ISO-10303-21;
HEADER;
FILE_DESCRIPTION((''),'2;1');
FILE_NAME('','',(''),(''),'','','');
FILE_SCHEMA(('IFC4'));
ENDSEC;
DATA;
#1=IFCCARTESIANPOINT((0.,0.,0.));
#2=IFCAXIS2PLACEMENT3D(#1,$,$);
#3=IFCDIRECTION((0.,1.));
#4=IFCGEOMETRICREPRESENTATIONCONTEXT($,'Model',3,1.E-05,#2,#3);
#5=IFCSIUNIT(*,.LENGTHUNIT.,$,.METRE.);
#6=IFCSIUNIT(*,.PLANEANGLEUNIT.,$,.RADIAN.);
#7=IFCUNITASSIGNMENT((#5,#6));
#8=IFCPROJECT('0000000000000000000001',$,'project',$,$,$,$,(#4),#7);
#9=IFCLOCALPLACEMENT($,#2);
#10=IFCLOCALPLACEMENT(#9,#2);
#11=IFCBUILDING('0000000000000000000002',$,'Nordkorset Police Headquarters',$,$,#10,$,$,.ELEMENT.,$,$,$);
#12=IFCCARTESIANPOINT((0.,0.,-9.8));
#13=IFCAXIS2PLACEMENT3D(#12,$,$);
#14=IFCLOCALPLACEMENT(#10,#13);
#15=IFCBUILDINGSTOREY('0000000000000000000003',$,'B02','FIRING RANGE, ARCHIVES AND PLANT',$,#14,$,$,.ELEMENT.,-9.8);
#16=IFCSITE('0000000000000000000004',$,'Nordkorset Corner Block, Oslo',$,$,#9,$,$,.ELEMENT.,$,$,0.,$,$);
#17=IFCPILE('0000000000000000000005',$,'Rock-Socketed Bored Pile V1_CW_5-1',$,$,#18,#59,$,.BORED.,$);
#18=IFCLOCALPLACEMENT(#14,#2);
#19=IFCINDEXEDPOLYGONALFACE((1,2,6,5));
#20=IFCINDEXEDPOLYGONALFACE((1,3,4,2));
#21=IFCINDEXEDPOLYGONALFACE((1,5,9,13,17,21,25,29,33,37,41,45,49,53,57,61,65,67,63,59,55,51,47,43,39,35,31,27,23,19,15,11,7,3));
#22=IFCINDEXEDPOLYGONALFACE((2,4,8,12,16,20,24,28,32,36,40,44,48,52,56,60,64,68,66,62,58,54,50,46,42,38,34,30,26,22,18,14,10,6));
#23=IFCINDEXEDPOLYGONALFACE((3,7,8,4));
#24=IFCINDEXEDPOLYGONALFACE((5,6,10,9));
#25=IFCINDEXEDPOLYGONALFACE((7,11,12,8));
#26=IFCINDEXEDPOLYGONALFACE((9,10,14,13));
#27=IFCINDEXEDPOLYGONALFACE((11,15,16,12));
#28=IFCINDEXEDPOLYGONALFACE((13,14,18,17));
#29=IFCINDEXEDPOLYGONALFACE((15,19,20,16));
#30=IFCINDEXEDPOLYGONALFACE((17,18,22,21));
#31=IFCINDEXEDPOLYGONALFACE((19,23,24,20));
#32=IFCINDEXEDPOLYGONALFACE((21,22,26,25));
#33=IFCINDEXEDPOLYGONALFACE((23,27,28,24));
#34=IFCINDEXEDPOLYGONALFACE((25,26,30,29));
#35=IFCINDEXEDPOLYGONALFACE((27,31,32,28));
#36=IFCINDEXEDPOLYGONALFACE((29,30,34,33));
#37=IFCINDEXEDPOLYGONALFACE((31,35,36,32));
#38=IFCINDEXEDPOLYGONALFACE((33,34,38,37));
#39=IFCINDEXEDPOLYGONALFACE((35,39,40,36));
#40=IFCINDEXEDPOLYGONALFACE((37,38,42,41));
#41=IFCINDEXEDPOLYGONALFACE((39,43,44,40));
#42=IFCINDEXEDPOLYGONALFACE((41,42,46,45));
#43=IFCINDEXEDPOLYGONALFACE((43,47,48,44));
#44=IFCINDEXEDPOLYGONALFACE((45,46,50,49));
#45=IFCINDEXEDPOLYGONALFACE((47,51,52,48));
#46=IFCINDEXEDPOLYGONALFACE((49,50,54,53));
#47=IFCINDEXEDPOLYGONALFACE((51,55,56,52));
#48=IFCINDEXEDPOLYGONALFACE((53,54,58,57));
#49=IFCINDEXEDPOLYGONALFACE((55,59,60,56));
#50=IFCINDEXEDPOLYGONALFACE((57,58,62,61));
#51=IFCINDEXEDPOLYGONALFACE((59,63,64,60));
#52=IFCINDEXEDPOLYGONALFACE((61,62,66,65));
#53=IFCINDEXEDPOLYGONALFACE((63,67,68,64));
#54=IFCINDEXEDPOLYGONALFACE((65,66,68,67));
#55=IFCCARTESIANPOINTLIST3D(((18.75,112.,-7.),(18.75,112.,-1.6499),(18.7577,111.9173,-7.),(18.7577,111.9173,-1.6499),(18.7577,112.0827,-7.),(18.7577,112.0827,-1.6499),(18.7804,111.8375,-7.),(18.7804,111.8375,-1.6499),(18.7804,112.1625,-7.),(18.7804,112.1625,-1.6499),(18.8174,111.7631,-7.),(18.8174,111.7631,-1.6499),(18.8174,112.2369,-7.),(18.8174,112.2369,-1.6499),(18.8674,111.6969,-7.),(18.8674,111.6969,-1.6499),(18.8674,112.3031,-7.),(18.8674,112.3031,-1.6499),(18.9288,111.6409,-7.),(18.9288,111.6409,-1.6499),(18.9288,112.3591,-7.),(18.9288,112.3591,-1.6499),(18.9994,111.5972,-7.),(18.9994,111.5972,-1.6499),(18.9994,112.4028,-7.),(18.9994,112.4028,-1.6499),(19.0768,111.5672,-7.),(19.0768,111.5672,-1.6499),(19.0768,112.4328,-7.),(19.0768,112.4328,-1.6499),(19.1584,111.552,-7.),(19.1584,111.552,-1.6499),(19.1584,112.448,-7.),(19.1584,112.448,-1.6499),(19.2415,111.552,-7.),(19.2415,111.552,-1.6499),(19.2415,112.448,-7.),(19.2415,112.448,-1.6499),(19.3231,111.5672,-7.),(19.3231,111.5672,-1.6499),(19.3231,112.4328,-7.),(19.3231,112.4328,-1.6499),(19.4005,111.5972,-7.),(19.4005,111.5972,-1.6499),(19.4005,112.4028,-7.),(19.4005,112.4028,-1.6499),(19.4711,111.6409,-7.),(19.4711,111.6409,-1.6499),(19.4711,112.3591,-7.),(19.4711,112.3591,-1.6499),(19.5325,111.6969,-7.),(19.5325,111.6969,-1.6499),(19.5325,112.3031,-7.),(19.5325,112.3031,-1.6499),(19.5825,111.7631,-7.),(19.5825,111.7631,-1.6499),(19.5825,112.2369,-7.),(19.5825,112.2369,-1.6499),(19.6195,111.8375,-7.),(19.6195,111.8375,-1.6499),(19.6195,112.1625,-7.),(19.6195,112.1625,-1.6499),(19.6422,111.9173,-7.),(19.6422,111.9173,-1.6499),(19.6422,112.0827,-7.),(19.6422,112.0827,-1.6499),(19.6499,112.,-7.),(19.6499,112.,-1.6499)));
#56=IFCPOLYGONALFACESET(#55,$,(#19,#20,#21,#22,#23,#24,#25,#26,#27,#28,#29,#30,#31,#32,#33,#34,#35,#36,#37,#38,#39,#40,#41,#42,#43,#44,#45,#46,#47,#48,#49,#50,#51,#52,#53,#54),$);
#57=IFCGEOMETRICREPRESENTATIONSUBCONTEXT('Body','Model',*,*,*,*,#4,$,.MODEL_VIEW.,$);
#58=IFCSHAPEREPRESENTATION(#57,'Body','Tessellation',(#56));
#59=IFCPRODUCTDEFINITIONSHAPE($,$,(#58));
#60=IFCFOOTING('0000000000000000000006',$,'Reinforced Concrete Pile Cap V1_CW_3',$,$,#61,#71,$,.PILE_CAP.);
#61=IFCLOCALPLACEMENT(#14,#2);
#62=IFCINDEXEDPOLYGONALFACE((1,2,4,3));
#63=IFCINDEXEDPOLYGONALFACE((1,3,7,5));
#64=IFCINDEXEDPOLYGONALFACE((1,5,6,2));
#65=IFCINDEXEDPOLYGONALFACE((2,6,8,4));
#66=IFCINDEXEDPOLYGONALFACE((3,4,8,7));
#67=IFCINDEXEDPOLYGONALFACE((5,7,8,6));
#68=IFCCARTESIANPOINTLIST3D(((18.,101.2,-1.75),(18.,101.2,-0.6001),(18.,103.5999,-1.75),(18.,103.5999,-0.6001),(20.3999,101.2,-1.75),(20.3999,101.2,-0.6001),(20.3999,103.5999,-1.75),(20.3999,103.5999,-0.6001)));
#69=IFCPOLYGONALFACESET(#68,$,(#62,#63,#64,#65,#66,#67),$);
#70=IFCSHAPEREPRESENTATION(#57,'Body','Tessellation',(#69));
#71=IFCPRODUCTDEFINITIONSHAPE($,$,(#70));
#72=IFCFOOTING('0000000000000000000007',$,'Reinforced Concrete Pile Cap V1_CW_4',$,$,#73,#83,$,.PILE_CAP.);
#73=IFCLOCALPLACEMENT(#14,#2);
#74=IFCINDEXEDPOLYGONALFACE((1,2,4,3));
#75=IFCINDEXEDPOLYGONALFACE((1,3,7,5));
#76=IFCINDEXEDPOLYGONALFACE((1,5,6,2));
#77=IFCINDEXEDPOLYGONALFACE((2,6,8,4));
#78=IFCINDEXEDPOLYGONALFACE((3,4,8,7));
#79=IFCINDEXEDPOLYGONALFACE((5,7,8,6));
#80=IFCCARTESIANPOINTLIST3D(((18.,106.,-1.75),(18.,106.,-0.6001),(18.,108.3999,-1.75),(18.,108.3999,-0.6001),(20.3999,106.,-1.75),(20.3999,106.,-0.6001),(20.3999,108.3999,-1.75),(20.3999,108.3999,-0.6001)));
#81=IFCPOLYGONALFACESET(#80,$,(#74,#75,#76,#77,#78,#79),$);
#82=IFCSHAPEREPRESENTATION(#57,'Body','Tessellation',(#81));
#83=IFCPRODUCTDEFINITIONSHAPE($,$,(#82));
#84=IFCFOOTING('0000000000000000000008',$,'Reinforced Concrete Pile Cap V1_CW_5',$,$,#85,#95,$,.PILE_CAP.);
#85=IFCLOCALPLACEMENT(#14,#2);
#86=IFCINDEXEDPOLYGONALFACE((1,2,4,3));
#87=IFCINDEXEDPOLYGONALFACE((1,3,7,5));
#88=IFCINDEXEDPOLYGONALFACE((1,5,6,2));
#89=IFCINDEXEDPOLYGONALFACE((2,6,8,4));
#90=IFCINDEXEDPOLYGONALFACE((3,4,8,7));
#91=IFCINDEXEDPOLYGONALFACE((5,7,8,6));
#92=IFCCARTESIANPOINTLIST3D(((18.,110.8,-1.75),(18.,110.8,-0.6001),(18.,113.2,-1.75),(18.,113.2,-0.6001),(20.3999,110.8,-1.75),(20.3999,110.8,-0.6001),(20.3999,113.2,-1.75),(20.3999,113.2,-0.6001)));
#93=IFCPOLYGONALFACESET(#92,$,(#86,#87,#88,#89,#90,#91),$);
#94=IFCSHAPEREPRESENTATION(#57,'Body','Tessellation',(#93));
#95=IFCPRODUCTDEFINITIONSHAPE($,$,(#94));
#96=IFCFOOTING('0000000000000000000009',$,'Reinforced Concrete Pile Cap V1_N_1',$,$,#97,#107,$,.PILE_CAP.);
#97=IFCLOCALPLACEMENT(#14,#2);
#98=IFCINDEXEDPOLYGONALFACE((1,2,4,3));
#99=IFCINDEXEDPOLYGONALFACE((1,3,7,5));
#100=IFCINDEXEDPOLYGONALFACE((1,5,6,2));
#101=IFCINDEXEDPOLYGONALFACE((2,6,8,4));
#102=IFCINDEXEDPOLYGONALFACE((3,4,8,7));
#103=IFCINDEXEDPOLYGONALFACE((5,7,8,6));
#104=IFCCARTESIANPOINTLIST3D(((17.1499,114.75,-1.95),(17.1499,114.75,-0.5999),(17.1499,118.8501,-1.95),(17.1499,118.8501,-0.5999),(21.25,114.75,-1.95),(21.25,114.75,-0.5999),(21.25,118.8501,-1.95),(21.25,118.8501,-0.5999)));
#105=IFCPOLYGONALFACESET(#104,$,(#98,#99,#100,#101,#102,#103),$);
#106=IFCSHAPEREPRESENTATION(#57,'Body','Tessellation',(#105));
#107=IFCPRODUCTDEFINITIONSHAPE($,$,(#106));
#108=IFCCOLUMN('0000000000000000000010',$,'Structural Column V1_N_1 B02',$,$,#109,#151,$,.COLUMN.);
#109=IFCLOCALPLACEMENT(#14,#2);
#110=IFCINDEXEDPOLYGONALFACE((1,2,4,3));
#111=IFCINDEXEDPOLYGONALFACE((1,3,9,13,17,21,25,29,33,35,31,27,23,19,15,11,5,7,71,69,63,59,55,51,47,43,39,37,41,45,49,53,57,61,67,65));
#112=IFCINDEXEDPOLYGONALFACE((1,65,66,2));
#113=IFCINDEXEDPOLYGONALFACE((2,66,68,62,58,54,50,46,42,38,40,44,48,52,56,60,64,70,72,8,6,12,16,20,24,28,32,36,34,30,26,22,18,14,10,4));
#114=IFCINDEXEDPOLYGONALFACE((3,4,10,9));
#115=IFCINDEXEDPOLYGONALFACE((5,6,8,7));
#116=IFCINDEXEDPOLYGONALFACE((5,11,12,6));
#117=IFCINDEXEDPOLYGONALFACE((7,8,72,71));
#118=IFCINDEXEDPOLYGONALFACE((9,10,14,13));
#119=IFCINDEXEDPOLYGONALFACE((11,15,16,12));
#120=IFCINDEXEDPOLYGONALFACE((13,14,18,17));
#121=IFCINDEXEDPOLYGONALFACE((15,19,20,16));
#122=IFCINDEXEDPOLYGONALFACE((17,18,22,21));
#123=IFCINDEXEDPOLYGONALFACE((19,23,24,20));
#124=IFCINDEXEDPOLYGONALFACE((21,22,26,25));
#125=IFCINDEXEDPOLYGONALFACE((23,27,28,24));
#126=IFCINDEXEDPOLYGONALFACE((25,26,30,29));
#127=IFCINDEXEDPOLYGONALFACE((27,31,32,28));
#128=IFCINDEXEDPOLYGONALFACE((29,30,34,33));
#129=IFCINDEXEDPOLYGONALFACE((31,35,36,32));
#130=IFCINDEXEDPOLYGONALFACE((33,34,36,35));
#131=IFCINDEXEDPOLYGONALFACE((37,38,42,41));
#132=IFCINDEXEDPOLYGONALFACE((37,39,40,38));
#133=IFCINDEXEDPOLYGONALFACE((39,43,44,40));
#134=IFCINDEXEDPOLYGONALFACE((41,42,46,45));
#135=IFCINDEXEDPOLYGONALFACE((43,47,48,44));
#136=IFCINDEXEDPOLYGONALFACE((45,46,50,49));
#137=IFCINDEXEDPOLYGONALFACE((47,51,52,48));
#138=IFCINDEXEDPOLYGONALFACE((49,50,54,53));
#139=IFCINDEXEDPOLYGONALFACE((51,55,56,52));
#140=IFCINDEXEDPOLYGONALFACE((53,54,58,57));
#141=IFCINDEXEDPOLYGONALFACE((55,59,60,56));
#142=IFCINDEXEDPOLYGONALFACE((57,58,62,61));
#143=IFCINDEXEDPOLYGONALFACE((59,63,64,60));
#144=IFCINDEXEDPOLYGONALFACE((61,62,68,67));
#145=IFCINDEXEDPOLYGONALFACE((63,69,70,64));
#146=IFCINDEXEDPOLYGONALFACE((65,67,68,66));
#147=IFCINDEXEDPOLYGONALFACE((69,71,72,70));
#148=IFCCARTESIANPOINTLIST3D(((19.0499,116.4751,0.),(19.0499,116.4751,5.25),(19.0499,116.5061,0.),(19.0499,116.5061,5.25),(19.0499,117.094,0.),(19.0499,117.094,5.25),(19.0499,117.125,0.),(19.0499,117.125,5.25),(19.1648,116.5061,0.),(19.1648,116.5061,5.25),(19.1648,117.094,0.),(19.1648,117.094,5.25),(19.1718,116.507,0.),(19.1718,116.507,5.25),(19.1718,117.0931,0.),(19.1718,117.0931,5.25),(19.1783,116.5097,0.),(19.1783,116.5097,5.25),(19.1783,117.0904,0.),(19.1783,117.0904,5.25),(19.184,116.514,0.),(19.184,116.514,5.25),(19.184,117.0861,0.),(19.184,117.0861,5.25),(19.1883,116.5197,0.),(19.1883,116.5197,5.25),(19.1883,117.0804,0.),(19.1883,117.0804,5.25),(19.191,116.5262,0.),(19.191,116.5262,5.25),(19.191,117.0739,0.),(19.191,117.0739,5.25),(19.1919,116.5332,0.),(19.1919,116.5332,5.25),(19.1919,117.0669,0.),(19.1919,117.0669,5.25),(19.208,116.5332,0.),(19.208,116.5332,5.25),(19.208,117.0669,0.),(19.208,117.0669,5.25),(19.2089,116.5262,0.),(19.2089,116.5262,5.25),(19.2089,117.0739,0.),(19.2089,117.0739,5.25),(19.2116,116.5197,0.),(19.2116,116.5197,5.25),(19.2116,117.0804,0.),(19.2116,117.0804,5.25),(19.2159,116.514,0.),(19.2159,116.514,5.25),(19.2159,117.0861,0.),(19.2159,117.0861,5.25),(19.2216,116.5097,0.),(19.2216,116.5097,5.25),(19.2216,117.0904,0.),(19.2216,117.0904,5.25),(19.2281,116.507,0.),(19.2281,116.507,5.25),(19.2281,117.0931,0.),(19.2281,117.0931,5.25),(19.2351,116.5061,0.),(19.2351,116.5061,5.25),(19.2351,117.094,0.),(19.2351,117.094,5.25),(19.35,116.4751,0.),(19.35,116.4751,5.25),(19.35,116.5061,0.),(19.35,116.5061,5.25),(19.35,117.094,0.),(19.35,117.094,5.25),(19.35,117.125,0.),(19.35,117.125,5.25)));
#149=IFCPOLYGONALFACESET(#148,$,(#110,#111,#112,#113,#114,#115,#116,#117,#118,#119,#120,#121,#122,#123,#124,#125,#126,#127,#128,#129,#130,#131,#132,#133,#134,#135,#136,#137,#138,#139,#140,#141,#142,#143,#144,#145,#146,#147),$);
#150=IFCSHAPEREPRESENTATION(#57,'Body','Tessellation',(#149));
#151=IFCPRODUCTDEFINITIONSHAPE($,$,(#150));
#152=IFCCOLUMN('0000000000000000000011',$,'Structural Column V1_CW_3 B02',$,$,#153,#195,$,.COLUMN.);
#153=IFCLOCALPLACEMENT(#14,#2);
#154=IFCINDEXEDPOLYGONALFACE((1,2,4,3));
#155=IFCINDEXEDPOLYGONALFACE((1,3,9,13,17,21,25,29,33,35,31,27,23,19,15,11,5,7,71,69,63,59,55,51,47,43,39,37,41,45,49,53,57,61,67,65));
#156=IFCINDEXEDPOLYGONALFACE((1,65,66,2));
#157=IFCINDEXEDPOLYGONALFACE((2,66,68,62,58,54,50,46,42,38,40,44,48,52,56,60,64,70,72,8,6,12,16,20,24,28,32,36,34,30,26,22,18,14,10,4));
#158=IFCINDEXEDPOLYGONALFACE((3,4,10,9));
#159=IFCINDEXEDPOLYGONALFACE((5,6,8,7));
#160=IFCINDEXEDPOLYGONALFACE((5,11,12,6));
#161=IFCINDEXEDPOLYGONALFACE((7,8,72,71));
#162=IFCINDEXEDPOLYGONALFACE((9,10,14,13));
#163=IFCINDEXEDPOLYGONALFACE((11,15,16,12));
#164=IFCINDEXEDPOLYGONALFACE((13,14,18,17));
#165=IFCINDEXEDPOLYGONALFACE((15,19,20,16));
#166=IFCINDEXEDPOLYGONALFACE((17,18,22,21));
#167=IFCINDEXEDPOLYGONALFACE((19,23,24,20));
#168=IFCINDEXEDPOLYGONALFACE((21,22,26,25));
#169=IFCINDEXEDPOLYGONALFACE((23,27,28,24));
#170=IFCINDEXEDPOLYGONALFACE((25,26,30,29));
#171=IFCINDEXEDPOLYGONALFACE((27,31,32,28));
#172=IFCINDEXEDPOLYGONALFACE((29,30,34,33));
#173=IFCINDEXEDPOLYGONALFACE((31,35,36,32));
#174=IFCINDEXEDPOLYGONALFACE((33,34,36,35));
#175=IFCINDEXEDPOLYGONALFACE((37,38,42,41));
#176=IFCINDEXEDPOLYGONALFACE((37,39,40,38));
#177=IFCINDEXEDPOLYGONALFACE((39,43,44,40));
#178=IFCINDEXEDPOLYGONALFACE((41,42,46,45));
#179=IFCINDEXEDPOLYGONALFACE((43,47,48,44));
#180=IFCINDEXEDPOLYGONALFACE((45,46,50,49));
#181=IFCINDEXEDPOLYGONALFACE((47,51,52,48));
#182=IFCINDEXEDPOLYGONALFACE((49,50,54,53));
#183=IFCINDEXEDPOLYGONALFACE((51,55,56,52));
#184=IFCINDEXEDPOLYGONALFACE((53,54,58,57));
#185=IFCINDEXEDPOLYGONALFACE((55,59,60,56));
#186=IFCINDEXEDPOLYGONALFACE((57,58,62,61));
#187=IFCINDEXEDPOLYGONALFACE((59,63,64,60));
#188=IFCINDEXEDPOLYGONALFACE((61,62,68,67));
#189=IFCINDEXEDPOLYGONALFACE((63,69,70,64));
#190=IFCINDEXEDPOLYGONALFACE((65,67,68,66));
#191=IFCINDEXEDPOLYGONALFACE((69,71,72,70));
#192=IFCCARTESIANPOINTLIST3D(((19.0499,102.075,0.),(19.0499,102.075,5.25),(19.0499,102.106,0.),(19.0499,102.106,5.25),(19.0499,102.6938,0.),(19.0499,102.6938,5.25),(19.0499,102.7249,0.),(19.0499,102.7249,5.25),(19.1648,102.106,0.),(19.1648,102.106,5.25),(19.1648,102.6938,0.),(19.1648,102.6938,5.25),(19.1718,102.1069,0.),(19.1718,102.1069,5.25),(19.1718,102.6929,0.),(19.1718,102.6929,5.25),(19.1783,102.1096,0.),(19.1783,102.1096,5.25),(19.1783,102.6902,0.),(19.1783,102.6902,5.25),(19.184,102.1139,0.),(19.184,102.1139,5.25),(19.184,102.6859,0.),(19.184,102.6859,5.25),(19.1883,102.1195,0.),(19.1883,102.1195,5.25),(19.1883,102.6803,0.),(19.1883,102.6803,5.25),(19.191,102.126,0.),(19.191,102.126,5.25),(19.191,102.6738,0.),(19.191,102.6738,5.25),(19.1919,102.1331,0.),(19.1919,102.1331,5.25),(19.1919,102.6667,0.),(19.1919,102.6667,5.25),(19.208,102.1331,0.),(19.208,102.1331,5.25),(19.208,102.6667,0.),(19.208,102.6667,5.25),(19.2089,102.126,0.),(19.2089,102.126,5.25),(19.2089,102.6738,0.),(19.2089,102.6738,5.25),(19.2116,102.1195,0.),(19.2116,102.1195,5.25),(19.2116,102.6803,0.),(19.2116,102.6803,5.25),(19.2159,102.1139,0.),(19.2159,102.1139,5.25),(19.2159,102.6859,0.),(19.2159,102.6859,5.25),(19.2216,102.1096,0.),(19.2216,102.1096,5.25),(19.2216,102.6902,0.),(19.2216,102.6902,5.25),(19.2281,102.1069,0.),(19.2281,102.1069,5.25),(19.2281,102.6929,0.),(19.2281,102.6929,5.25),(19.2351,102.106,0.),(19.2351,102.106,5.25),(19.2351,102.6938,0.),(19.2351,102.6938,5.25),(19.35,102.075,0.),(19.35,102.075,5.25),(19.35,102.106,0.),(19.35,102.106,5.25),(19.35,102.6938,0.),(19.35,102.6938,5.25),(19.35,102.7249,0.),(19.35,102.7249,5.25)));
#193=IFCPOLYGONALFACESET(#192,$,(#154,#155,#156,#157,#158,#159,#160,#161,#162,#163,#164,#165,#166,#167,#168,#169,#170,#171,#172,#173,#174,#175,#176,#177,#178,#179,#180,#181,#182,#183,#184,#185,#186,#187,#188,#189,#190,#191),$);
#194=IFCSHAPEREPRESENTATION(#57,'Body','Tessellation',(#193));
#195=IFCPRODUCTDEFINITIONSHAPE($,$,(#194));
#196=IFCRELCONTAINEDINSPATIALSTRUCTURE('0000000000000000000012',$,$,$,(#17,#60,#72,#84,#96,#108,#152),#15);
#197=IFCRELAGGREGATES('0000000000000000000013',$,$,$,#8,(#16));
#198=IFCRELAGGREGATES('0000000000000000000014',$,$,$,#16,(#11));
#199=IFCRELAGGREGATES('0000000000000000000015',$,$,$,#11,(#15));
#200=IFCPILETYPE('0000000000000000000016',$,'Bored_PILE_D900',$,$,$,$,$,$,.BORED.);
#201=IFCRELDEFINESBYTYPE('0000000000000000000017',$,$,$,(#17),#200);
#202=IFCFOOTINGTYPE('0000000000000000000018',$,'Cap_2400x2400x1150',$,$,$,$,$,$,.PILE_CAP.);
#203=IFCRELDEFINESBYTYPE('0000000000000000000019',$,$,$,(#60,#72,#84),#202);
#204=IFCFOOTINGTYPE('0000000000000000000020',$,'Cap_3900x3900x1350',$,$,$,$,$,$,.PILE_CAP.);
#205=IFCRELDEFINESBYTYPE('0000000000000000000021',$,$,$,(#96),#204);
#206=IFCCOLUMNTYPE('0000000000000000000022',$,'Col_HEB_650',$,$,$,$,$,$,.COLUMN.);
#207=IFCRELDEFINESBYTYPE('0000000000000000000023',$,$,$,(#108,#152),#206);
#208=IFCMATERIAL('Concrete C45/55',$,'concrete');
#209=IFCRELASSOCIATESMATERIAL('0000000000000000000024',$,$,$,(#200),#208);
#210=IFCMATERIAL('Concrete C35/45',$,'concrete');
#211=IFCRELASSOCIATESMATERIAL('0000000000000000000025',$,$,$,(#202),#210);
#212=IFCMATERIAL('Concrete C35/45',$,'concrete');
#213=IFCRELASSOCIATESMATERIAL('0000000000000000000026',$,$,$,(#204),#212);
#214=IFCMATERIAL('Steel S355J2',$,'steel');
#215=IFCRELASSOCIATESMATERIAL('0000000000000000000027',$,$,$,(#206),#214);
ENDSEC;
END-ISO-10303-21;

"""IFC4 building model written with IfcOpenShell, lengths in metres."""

from ifc_helpers import new_model, si_unit, direction, frame, origin, origin_2d, place, context, subcontext, project, spatial, rectangle, circle, i_section, extrude, material, material_profile, profile_set, type_object, element, save


model = new_model("IFC4")

# Units and contexts
model_context = context("Model", 3, precision=1e-05, world=origin(), true_north=direction((0.0, 1.0)))
body_context = subcontext(model_context, "Body", "Model", "MODEL_VIEW")
ifc_project = project(units=[si_unit("LENGTHUNIT", "METRE"), si_unit("PLANEANGLEUNIT", "RADIAN")], contexts=[model_context])

# Site, building, storey
site_placement = place(None, origin())
site = spatial("IfcSite", under=ifc_project, at=site_placement, Name="Nordkorset Corner Block, Oslo", CompositionType="ELEMENT", RefElevation=0.0)
building_placement = place(site_placement, origin())
building = spatial("IfcBuilding", under=site, at=building_placement, Name="Nordkorset Police Headquarters", CompositionType="ELEMENT")
storey_placement = place(building_placement, frame((0.0, 0.0, -9.8)))
storey = spatial("IfcBuildingStorey", under=building, at=storey_placement, Name="B02", Description="FIRING RANGE, ARCHIVES AND PLANT", CompositionType="ELEMENT", Elevation=-9.8)

# Pile
ifc_material_1 = material(Name="Concrete C45/55", Category="concrete")
ifc_material_profile_1 = material_profile(ifc_material_1, circle(Radius=0.45, at=origin_2d()), Name="PILE D900")
ifc_profile_set_1 = profile_set([ifc_material_profile_1], Name="Concrete C45/55")
pile_type = type_object("IfcPileType", Name="Bored_PILE_D900", PredefinedType="BORED", material=ifc_profile_set_1)
for number, where, z_axis, x_axis, name in (
    (1, (19.2, 112.0, -1.6499), (0.0, 0.0, -1.0), (1.0, 0.0, 0.0), "Rock-Socketed Bored Pile V1_CW_5-1"),
):
    element("IfcPile", number, at=place(storey_placement, frame(where, z_axis=z_axis, x_axis=x_axis)), inside=storey, type_object=pile_type, Name=name, PredefinedType="BORED", context=body_context, shape_type="SweptSolid", body=[
        extrude(circle(Radius=0.45, at=origin_2d()), origin(), (0.0, 0.0, 1.0), 5.3501),
    ])

# Footings
ifc_material_2 = material(Name="Concrete C35/45", Category="concrete")
footing_type_1 = type_object("IfcFootingType", Name="Cap_2400x2400x1150", PredefinedType="PILE_CAP", material=ifc_material_2)
for number, where, z_axis, x_axis, name in (
    (2, (19.2, 102.3999, -1.75), (0.0, 0.0, 1.0), (1.0, 0.0, 0.0), "Reinforced Concrete Pile Cap V1_CW_3"),
    (3, (19.2, 107.2, -1.75), (0.0, 0.0, 1.0), (1.0, 0.0, 0.0), "Reinforced Concrete Pile Cap V1_CW_4"),
    (4, (19.2, 112.0, -1.75), (0.0, 0.0, 1.0), (1.0, 0.0, 0.0), "Reinforced Concrete Pile Cap V1_CW_5"),
):
    element("IfcFooting", number, at=place(storey_placement, frame(where, z_axis=z_axis, x_axis=x_axis)), inside=storey, type_object=footing_type_1, Name=name, PredefinedType="PILE_CAP", context=body_context, shape_type="SweptSolid", body=[
        extrude(rectangle(XDim=2.3999, YDim=2.3999, at=origin_2d()), origin(), (0.0, 0.0, 1.0), 1.1499),
    ])
ifc_material_3 = material(Name="Concrete C35/45", Category="concrete")
footing_type_2 = type_object("IfcFootingType", Name="Cap_3900x3900x1350", PredefinedType="PILE_CAP", material=ifc_material_3)
footing_placement = place(storey_placement, frame((19.2, 116.8, -1.95), z_axis=(0.0, 0.0, 1.0), x_axis=(1.0, 0.0, 0.0)))
element("IfcFooting", 5, at=footing_placement, inside=storey, type_object=footing_type_2, Name="Reinforced Concrete Pile Cap V1_N_1", PredefinedType="PILE_CAP", context=body_context, shape_type="SweptSolid", body=[
    extrude(rectangle(XDim=4.1001, YDim=4.1001, at=origin_2d()), origin(), (0.0, 0.0, 1.0), 1.3501),
])

# Columns
ifc_material_4 = material(Name="Steel S355J2", Category="steel")
ifc_material_profile_2 = material_profile(ifc_material_4, i_section(OverallWidth=0.3, OverallDepth=0.6499, WebThickness=0.0161, FlangeThickness=0.031, FilletRadius=0.0271, at=origin_2d()), Name="HEB 650")
ifc_profile_set_2 = profile_set([ifc_material_profile_2], Name="Steel S355J2")
column_type = type_object("IfcColumnType", Name="Col_HEB_650", PredefinedType="COLUMN", material=ifc_profile_set_2)
for number, where, z_axis, x_axis, name in (
    (6, (19.2, 116.8, 0.0), (0.0, 0.0, 1.0), (1.0, 0.0, 0.0), "Structural Column V1_N_1 B02"),
    (7, (19.2, 102.3999, 0.0), (0.0, 0.0, 1.0), (1.0, 0.0, 0.0), "Structural Column V1_CW_3 B02"),
):
    element("IfcColumn", number, at=place(storey_placement, frame(where, z_axis=z_axis, x_axis=x_axis)), inside=storey, type_object=column_type, Name=name, PredefinedType="COLUMN", context=body_context, shape_type="SweptSolid", body=[
        extrude(i_section(OverallWidth=0.3, OverallDepth=0.6499, WebThickness=0.0161, FlangeThickness=0.031, FilletRadius=0.0271, at=origin_2d()), origin(), (0.0, 0.0, 1.0), 5.25),
    ])

save(model, "model.ifc")
